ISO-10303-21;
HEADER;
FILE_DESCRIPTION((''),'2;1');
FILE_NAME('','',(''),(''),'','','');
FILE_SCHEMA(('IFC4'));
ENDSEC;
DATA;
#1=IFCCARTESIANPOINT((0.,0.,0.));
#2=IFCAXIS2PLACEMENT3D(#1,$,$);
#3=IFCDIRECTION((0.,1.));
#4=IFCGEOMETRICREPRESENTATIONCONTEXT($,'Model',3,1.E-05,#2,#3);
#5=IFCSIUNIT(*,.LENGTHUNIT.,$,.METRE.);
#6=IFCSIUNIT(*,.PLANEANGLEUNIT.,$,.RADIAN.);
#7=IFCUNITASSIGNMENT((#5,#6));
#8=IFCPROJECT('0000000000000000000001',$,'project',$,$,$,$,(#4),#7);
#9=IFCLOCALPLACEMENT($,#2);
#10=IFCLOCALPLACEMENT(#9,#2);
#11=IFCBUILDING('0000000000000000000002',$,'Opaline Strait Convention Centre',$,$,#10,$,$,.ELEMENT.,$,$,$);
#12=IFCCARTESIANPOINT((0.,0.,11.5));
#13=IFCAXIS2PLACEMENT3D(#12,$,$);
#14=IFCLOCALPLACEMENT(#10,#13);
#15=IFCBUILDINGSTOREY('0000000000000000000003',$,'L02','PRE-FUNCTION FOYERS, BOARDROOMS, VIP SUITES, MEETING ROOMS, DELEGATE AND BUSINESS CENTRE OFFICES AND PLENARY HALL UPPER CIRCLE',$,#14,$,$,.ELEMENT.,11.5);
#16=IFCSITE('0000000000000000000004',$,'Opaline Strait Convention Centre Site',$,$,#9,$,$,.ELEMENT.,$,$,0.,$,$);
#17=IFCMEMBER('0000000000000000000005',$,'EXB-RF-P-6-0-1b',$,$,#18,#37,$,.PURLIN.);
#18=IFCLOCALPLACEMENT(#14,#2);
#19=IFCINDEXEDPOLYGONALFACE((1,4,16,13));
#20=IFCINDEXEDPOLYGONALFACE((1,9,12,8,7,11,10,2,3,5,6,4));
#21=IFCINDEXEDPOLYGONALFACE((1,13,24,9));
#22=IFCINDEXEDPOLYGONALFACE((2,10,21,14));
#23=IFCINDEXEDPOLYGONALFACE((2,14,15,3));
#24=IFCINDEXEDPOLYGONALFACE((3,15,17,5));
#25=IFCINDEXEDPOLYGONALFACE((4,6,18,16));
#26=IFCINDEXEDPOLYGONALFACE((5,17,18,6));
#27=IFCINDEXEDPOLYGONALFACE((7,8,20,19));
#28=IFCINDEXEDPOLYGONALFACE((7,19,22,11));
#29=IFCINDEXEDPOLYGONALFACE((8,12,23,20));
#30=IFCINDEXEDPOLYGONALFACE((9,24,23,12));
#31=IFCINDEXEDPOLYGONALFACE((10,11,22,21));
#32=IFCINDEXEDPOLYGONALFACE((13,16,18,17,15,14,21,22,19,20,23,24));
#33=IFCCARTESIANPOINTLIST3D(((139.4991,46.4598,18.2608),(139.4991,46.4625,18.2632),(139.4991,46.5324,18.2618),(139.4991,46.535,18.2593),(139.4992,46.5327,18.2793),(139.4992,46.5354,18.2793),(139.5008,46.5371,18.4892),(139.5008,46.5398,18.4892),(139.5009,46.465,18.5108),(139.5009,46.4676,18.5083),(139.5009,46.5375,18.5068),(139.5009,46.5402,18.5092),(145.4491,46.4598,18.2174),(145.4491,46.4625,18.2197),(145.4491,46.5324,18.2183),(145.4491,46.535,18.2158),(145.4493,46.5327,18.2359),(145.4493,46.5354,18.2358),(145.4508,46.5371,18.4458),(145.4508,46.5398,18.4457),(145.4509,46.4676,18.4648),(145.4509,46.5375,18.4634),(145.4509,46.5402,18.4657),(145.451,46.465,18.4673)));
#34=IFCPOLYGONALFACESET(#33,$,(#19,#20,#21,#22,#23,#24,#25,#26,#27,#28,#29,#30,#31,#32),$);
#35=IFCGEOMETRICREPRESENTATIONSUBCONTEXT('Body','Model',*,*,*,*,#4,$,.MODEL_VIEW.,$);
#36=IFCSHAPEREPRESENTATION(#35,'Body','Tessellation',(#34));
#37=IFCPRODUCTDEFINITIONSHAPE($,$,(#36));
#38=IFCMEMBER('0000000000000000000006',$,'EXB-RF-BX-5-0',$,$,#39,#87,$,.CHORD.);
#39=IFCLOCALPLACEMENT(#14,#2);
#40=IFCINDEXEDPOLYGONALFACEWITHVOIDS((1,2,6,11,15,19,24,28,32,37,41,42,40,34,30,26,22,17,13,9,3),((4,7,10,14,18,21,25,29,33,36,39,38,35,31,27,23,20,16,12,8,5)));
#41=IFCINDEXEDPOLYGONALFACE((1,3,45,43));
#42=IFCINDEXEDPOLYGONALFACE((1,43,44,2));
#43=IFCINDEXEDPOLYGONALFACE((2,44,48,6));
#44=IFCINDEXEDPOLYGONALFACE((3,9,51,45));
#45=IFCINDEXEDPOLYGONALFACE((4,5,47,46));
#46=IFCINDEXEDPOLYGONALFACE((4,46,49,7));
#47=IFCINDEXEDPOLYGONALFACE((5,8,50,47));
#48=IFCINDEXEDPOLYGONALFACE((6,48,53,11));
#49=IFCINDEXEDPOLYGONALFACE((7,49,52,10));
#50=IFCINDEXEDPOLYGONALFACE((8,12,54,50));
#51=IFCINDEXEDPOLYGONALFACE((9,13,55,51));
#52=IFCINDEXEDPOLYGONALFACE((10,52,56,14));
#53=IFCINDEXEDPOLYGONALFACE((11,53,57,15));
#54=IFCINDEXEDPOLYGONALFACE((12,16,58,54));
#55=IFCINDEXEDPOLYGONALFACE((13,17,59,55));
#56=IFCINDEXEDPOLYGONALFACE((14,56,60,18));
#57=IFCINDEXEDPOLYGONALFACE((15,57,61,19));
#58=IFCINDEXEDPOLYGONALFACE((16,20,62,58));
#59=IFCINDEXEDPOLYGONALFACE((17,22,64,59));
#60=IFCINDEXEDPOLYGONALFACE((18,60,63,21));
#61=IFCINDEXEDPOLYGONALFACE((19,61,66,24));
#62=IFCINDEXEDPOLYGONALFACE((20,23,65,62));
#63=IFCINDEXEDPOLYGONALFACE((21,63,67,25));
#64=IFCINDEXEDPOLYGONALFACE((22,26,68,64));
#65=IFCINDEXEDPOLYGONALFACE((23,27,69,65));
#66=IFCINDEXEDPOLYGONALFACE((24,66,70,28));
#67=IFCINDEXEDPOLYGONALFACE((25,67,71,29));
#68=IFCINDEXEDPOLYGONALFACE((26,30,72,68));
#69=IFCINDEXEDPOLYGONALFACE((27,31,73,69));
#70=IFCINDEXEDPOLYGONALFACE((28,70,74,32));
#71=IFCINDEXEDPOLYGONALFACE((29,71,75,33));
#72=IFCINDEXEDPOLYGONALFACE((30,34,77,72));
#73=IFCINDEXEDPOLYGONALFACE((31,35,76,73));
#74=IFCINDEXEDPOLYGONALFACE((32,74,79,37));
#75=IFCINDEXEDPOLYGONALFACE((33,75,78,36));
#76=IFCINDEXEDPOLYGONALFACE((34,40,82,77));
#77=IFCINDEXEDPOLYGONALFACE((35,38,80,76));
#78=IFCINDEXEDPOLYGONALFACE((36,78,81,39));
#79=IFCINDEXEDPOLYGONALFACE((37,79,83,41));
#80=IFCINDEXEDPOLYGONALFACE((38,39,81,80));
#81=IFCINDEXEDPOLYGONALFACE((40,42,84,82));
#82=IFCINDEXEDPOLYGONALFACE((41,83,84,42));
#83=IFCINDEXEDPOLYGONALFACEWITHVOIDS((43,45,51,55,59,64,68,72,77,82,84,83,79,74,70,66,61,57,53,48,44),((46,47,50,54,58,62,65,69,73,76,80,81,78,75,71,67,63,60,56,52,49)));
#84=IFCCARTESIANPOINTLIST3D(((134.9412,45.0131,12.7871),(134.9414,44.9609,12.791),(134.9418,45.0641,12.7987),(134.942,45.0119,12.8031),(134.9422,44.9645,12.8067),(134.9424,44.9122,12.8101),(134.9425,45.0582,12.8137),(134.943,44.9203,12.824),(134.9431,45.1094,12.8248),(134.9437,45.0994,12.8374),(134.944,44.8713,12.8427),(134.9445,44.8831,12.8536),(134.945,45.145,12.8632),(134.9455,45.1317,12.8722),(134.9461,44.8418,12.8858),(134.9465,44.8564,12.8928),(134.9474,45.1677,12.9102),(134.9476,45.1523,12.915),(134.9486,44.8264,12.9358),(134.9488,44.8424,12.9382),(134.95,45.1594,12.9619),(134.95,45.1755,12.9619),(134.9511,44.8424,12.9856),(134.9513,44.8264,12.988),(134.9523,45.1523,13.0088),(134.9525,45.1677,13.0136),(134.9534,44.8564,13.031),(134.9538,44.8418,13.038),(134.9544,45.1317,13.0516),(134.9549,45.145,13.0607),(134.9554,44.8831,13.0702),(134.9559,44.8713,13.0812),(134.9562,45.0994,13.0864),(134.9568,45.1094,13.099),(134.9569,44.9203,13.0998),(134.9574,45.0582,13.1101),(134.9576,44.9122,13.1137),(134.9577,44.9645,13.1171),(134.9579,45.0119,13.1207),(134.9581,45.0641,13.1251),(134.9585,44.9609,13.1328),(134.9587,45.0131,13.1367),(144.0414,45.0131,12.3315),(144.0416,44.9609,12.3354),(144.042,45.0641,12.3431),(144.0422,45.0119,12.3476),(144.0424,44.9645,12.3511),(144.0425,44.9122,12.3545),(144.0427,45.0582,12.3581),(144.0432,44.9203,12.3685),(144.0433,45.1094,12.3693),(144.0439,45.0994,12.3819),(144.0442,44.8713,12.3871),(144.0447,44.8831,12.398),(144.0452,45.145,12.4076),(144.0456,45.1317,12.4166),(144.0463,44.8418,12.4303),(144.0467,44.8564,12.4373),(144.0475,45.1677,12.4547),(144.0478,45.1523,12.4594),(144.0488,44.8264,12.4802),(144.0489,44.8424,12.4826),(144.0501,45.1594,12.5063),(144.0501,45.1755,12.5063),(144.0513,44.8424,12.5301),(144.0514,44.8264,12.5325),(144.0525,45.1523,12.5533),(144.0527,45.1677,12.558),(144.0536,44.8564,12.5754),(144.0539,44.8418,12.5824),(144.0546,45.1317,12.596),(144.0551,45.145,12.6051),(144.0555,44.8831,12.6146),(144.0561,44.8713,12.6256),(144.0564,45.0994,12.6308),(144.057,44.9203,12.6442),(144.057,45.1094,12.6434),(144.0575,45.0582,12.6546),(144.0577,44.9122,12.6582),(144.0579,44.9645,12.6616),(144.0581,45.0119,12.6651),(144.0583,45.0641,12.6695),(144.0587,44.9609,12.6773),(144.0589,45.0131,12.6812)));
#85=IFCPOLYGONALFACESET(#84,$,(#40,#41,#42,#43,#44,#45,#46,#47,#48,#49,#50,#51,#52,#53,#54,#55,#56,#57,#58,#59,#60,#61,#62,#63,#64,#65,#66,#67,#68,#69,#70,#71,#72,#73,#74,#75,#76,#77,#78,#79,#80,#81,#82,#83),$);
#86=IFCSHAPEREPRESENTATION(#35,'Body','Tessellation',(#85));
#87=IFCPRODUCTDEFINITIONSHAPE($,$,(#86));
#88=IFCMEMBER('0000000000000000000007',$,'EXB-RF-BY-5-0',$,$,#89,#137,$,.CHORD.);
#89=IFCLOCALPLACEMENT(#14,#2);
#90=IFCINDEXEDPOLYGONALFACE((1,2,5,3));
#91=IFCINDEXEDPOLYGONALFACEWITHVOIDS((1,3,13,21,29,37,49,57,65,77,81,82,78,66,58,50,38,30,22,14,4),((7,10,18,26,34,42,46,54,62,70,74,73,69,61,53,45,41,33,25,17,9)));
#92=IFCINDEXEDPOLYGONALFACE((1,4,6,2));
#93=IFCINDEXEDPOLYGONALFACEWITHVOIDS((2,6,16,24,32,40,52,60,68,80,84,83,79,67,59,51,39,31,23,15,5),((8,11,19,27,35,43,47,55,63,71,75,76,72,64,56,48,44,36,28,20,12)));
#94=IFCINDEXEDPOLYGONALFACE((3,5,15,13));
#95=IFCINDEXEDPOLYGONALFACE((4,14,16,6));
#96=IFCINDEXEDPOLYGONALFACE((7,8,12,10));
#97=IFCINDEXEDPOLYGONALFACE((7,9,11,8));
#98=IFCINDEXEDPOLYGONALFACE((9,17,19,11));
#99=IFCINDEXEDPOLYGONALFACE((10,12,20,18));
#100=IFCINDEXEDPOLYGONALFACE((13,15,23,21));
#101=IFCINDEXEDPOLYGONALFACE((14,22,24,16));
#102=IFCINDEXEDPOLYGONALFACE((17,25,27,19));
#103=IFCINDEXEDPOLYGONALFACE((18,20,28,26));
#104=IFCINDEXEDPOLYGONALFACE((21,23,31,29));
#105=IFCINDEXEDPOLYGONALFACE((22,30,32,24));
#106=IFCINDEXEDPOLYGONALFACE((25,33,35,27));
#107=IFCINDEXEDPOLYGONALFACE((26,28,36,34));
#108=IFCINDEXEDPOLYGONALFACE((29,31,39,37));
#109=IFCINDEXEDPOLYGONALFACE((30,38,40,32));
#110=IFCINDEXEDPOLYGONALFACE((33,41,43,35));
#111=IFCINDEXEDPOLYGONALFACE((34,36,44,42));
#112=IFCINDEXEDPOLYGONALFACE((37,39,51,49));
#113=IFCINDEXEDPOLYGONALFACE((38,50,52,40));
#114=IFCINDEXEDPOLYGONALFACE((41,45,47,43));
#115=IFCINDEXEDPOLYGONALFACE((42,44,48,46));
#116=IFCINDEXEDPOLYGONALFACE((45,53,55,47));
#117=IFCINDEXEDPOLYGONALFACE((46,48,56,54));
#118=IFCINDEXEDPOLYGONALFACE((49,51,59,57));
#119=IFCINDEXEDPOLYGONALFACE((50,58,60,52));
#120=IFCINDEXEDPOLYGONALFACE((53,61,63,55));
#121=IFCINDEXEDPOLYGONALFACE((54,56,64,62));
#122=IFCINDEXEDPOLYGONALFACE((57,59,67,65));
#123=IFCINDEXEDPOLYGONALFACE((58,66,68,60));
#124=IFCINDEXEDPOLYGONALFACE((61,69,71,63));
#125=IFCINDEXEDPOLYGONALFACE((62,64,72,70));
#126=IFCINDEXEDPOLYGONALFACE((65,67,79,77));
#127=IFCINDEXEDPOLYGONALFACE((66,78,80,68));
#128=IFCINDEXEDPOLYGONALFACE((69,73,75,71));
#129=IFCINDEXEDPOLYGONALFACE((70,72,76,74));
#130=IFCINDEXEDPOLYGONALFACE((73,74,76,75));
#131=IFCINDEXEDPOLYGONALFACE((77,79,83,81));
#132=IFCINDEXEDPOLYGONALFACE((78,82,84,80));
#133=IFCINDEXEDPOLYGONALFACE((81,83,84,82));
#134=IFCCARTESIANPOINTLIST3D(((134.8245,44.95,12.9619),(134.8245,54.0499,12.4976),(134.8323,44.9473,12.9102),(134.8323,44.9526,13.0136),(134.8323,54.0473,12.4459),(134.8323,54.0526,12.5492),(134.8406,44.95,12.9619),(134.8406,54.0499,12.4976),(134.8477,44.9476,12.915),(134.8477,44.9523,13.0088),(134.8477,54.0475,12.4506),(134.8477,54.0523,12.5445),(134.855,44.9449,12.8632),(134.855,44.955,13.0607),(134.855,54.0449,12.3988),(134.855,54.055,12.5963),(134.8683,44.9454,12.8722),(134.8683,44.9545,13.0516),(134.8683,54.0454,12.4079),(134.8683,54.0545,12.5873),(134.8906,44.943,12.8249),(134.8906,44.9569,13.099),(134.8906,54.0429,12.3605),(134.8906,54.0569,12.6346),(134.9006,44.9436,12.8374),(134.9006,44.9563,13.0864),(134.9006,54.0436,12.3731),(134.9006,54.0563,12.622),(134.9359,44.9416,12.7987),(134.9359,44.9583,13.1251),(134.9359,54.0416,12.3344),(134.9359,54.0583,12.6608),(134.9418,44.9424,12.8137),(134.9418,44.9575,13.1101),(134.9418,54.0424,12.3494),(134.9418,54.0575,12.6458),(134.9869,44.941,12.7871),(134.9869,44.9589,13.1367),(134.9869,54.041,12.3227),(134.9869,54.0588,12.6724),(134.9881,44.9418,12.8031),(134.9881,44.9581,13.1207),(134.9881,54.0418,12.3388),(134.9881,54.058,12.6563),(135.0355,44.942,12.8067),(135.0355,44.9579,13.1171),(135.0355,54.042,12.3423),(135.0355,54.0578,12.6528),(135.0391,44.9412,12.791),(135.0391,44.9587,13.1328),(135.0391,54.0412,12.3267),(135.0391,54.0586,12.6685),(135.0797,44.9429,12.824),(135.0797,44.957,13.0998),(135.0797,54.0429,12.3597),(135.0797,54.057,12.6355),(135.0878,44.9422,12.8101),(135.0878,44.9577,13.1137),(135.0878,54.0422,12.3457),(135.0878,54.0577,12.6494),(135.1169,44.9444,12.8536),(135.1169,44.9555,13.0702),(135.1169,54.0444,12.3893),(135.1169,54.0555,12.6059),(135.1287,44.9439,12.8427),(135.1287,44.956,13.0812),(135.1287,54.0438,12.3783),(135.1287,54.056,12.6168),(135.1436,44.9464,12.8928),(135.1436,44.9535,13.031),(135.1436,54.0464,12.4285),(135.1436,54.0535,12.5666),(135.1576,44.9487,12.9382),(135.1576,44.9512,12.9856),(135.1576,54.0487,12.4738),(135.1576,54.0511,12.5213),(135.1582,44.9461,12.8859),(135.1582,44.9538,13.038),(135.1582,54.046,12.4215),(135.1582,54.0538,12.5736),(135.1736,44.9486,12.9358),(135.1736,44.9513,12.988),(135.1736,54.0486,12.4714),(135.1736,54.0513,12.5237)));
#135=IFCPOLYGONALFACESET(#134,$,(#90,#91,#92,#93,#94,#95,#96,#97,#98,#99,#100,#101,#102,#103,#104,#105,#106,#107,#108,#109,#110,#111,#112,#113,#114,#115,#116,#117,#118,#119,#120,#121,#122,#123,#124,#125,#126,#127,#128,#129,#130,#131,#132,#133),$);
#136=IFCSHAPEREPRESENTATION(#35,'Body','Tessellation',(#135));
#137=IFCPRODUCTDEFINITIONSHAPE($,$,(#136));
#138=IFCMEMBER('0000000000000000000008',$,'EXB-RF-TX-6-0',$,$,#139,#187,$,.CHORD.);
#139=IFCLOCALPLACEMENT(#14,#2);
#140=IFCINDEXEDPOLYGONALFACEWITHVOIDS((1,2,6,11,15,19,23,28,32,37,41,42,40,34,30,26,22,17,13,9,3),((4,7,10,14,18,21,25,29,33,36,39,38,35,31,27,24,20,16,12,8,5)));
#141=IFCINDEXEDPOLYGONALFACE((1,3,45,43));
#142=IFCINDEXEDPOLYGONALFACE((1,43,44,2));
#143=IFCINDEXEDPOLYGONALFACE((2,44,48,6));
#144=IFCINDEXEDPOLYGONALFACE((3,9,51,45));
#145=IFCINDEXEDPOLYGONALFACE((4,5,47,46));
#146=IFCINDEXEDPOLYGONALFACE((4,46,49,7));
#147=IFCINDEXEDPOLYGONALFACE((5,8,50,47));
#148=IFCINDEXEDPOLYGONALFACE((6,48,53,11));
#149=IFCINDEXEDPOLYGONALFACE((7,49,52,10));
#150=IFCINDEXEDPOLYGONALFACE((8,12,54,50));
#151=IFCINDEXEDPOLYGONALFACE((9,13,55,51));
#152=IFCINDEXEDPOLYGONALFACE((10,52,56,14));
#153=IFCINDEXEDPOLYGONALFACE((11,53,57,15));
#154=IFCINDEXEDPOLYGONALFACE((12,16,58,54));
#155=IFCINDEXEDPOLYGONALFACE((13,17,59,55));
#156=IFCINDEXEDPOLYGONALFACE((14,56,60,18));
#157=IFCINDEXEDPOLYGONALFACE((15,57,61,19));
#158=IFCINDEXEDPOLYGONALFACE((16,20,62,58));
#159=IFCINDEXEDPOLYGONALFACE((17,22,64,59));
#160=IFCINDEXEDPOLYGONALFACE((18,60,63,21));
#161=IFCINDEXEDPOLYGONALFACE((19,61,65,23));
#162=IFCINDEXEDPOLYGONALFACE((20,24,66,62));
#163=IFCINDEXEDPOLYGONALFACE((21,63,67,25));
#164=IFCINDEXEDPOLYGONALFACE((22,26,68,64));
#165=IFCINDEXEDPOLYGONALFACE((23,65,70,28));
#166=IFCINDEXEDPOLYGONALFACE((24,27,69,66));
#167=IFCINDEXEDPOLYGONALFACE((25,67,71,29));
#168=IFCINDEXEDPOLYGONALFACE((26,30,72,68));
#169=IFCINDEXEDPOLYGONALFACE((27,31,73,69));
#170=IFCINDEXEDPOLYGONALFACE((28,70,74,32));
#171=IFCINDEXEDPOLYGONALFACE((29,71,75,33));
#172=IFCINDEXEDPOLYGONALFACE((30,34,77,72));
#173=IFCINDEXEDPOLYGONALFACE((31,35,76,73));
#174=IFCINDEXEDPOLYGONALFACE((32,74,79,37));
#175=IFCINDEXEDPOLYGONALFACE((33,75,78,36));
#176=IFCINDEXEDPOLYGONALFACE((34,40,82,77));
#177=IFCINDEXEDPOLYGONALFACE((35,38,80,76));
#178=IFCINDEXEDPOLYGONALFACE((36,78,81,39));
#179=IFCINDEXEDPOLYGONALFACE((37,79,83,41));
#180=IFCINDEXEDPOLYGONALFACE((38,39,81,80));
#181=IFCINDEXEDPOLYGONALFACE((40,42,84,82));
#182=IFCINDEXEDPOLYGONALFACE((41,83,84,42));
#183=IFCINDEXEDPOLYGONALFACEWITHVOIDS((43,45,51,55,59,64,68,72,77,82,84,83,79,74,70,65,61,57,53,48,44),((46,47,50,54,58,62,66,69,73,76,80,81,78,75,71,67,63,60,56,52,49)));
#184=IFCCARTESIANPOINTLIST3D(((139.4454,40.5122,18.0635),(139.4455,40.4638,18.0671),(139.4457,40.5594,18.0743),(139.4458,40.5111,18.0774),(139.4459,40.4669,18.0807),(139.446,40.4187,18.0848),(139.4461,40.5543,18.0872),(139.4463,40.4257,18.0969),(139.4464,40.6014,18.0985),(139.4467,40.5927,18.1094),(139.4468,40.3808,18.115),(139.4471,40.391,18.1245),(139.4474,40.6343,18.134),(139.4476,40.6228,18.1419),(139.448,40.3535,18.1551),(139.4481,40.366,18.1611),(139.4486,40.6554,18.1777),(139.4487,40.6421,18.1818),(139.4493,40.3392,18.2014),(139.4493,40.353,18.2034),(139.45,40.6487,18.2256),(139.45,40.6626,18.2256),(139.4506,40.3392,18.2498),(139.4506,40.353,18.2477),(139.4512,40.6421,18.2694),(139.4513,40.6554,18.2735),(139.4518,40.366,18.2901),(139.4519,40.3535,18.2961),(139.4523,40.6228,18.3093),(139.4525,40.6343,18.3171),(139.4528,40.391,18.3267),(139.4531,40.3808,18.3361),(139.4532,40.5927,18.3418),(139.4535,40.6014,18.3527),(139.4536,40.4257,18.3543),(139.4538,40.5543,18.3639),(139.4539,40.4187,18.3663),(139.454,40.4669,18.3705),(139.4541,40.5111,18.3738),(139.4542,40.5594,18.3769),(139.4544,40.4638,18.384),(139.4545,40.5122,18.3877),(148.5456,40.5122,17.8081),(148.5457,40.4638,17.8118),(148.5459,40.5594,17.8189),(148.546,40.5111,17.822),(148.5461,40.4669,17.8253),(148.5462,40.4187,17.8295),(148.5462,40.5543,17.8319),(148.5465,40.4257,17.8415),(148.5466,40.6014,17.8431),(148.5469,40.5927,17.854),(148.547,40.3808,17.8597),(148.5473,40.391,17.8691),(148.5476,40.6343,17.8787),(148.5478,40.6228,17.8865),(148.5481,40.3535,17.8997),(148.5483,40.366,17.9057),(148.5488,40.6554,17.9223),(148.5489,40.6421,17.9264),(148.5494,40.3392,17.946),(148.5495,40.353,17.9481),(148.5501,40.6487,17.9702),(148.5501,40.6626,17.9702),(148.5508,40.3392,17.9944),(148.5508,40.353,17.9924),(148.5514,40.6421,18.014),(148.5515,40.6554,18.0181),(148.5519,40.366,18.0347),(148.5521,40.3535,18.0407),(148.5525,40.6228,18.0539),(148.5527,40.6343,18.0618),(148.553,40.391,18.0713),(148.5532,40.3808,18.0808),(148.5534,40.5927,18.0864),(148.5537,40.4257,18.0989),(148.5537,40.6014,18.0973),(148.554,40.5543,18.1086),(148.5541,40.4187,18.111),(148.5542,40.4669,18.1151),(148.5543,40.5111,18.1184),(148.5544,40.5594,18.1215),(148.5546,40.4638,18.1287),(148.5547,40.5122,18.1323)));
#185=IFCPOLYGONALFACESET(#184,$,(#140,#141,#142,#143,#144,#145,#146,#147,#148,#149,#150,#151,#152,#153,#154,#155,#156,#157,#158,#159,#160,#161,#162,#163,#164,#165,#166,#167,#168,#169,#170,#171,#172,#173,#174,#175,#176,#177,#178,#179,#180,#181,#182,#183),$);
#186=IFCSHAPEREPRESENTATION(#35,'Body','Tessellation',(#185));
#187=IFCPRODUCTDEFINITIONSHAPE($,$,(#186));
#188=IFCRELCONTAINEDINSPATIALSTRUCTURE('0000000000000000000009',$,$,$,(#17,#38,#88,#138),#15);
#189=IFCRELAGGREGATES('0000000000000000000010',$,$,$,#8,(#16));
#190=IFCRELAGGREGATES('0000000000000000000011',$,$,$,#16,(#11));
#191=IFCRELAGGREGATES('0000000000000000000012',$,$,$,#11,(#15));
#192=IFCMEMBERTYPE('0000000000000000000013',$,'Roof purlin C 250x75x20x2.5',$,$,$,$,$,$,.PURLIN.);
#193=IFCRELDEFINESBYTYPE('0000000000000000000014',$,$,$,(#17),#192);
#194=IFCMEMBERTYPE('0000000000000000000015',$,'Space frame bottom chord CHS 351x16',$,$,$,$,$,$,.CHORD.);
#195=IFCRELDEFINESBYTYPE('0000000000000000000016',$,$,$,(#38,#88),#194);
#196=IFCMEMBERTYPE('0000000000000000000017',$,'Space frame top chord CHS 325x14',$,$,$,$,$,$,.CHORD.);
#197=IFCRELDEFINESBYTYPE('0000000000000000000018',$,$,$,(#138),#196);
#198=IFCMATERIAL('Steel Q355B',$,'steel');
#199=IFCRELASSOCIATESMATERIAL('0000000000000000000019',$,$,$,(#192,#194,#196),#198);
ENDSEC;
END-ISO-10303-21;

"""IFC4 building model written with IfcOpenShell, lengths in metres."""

from ifc_helpers import new_model, si_unit, direction, frame, origin, origin_2d, place, context, subcontext, project, spatial, polyline, hollow_circle, outline, extrude, material, material_profile, profile_set, type_object, element, save


model = new_model("IFC4")

# Units and contexts
model_context = context("Model", 3, precision=1e-05, world=origin(), true_north=direction((0.0, 1.0)))
body_context = subcontext(model_context, "Body", "Model", "MODEL_VIEW")
ifc_project = project(units=[si_unit("LENGTHUNIT", "METRE"), si_unit("PLANEANGLEUNIT", "RADIAN")], contexts=[model_context])

# Site, building, storey
site_placement = place(None, origin())
site = spatial("IfcSite", under=ifc_project, at=site_placement, Name="Opaline Strait Convention Centre Site", CompositionType="ELEMENT", RefElevation=0.0)
building_placement = place(site_placement, origin())
building = spatial("IfcBuilding", under=site, at=building_placement, Name="Opaline Strait Convention Centre", CompositionType="ELEMENT")
storey_placement = place(building_placement, frame((0.0, 0.0, 11.5)))
storey = spatial("IfcBuildingStorey", under=building, at=storey_placement, Name="L02", Description="PRE-FUNCTION FOYERS, BOARDROOMS, VIP SUITES, MEETING ROOMS, DELEGATE AND BUSINESS CENTRE OFFICES AND PLENARY HALL UPPER CIRCLE", CompositionType="ELEMENT", Elevation=11.5)

# Members
ifc_material_1 = material(Name="Steel Q355B", Category="steel")
ifc_material_profile_1 = material_profile(ifc_material_1, outline(polyline([(-0.0376, -0.125), (0.0376, -0.125), (0.0376, -0.105), (0.0349, -0.105), (0.0349, -0.1226), (-0.0349, -0.1226), (-0.0349, 0.1226), (0.0349, 0.1226), (0.0349, 0.105), (0.0376, 0.105), (0.0376, 0.125), (-0.0376, 0.125), (-0.0376, -0.125)])), Name="C 250x75x20x2.5")
ifc_profile_set_1 = profile_set([ifc_material_profile_1], Name="Steel Q355B")
member_type_1 = type_object("IfcMemberType", Name="Roof purlin C 250x75x20x2.5", PredefinedType="PURLIN", material=ifc_profile_set_1)
member_1_placement = place(storey_placement, frame((139.5, 46.5, 18.385), z_axis=(0.999973, 0.0, -0.007304), x_axis=(-0.000152, 0.999784, -0.020799)))
element("IfcMember", 1, at=member_1_placement, inside=storey, type_object=member_type_1, Name="EXB-RF-P-6-0-1b", PredefinedType="PURLIN", context=body_context, shape_type="SweptSolid", body=[
    extrude(outline(polyline([(-0.0376, -0.125), (0.0376, -0.125), (0.0376, -0.105), (0.0349, -0.105), (0.0349, -0.1226), (-0.0349, -0.1226), (-0.0349, 0.1226), (0.0349, 0.1226), (0.0349, 0.105), (0.0376, 0.105), (0.0376, 0.125), (-0.0376, 0.125), (-0.0376, -0.125)])), origin(), (0.0, 0.0, 1.0), 5.9502),
])
ifc_material_profile_2 = material_profile(ifc_material_1, hollow_circle(Radius=0.1755, WallThickness=0.0161, at=origin_2d()), Name="CHS 351x16")
ifc_profile_set_2 = profile_set([ifc_material_profile_2], Name="Steel Q355B")
member_type_2 = type_object("IfcMemberType", Name="Space frame bottom chord CHS 351x16", PredefinedType="CHORD", material=ifc_profile_set_2)
member_2_placement = place(storey_placement, frame((134.95, 45.0, 12.9619), z_axis=(0.998749, 0.0, -0.049999), x_axis=(0.0, 1.0, 0.0)))
element("IfcMember", 2, at=member_2_placement, inside=storey, type_object=member_type_2, Name="EXB-RF-BX-5-0", PredefinedType="CHORD", context=body_context, shape_type="SweptSolid", body=[
    extrude(hollow_circle(Radius=0.1755, WallThickness=0.0161, at=origin_2d()), origin(), (0.0, 0.0, 1.0), 9.1116),
])
member_3_placement = place(storey_placement, frame((135.0, 44.95, 12.9619), z_axis=(0.0, 0.998701, -0.050961), x_axis=(-1.0, 0.0, 0.0)))
element("IfcMember", 3, at=member_3_placement, inside=storey, type_object=member_type_2, Name="EXB-RF-BY-5-0", PredefinedType="CHORD", context=body_context, shape_type="SweptSolid", body=[
    extrude(hollow_circle(Radius=0.1755, WallThickness=0.0161, at=origin_2d()), origin(), (0.0, 0.0, 1.0), 9.1118),
])
ifc_material_profile_3 = material_profile(ifc_material_1, hollow_circle(Radius=0.1626, WallThickness=0.0139, at=origin_2d()), Name="CHS 325x14")
ifc_profile_set_3 = profile_set([ifc_material_profile_3], Name="Steel Q355B")
member_type_3 = type_object("IfcMemberType", Name="Space frame top chord CHS 325x14", PredefinedType="CHORD", material=ifc_profile_set_3)
member_4_placement = place(storey_placement, frame((139.45, 40.5, 18.2256), z_axis=(0.999606, 0.0, -0.028051), x_axis=(0.0, 1.0, 0.0)))
element("IfcMember", 4, at=member_4_placement, inside=storey, type_object=member_type_3, Name="EXB-RF-TX-6-0", PredefinedType="CHORD", context=body_context, shape_type="SweptSolid", body=[
    extrude(hollow_circle(Radius=0.1626, WallThickness=0.0139, at=origin_2d()), origin(), (0.0, 0.0, 1.0), 9.1038),
])

save(model, "model.ifc")
